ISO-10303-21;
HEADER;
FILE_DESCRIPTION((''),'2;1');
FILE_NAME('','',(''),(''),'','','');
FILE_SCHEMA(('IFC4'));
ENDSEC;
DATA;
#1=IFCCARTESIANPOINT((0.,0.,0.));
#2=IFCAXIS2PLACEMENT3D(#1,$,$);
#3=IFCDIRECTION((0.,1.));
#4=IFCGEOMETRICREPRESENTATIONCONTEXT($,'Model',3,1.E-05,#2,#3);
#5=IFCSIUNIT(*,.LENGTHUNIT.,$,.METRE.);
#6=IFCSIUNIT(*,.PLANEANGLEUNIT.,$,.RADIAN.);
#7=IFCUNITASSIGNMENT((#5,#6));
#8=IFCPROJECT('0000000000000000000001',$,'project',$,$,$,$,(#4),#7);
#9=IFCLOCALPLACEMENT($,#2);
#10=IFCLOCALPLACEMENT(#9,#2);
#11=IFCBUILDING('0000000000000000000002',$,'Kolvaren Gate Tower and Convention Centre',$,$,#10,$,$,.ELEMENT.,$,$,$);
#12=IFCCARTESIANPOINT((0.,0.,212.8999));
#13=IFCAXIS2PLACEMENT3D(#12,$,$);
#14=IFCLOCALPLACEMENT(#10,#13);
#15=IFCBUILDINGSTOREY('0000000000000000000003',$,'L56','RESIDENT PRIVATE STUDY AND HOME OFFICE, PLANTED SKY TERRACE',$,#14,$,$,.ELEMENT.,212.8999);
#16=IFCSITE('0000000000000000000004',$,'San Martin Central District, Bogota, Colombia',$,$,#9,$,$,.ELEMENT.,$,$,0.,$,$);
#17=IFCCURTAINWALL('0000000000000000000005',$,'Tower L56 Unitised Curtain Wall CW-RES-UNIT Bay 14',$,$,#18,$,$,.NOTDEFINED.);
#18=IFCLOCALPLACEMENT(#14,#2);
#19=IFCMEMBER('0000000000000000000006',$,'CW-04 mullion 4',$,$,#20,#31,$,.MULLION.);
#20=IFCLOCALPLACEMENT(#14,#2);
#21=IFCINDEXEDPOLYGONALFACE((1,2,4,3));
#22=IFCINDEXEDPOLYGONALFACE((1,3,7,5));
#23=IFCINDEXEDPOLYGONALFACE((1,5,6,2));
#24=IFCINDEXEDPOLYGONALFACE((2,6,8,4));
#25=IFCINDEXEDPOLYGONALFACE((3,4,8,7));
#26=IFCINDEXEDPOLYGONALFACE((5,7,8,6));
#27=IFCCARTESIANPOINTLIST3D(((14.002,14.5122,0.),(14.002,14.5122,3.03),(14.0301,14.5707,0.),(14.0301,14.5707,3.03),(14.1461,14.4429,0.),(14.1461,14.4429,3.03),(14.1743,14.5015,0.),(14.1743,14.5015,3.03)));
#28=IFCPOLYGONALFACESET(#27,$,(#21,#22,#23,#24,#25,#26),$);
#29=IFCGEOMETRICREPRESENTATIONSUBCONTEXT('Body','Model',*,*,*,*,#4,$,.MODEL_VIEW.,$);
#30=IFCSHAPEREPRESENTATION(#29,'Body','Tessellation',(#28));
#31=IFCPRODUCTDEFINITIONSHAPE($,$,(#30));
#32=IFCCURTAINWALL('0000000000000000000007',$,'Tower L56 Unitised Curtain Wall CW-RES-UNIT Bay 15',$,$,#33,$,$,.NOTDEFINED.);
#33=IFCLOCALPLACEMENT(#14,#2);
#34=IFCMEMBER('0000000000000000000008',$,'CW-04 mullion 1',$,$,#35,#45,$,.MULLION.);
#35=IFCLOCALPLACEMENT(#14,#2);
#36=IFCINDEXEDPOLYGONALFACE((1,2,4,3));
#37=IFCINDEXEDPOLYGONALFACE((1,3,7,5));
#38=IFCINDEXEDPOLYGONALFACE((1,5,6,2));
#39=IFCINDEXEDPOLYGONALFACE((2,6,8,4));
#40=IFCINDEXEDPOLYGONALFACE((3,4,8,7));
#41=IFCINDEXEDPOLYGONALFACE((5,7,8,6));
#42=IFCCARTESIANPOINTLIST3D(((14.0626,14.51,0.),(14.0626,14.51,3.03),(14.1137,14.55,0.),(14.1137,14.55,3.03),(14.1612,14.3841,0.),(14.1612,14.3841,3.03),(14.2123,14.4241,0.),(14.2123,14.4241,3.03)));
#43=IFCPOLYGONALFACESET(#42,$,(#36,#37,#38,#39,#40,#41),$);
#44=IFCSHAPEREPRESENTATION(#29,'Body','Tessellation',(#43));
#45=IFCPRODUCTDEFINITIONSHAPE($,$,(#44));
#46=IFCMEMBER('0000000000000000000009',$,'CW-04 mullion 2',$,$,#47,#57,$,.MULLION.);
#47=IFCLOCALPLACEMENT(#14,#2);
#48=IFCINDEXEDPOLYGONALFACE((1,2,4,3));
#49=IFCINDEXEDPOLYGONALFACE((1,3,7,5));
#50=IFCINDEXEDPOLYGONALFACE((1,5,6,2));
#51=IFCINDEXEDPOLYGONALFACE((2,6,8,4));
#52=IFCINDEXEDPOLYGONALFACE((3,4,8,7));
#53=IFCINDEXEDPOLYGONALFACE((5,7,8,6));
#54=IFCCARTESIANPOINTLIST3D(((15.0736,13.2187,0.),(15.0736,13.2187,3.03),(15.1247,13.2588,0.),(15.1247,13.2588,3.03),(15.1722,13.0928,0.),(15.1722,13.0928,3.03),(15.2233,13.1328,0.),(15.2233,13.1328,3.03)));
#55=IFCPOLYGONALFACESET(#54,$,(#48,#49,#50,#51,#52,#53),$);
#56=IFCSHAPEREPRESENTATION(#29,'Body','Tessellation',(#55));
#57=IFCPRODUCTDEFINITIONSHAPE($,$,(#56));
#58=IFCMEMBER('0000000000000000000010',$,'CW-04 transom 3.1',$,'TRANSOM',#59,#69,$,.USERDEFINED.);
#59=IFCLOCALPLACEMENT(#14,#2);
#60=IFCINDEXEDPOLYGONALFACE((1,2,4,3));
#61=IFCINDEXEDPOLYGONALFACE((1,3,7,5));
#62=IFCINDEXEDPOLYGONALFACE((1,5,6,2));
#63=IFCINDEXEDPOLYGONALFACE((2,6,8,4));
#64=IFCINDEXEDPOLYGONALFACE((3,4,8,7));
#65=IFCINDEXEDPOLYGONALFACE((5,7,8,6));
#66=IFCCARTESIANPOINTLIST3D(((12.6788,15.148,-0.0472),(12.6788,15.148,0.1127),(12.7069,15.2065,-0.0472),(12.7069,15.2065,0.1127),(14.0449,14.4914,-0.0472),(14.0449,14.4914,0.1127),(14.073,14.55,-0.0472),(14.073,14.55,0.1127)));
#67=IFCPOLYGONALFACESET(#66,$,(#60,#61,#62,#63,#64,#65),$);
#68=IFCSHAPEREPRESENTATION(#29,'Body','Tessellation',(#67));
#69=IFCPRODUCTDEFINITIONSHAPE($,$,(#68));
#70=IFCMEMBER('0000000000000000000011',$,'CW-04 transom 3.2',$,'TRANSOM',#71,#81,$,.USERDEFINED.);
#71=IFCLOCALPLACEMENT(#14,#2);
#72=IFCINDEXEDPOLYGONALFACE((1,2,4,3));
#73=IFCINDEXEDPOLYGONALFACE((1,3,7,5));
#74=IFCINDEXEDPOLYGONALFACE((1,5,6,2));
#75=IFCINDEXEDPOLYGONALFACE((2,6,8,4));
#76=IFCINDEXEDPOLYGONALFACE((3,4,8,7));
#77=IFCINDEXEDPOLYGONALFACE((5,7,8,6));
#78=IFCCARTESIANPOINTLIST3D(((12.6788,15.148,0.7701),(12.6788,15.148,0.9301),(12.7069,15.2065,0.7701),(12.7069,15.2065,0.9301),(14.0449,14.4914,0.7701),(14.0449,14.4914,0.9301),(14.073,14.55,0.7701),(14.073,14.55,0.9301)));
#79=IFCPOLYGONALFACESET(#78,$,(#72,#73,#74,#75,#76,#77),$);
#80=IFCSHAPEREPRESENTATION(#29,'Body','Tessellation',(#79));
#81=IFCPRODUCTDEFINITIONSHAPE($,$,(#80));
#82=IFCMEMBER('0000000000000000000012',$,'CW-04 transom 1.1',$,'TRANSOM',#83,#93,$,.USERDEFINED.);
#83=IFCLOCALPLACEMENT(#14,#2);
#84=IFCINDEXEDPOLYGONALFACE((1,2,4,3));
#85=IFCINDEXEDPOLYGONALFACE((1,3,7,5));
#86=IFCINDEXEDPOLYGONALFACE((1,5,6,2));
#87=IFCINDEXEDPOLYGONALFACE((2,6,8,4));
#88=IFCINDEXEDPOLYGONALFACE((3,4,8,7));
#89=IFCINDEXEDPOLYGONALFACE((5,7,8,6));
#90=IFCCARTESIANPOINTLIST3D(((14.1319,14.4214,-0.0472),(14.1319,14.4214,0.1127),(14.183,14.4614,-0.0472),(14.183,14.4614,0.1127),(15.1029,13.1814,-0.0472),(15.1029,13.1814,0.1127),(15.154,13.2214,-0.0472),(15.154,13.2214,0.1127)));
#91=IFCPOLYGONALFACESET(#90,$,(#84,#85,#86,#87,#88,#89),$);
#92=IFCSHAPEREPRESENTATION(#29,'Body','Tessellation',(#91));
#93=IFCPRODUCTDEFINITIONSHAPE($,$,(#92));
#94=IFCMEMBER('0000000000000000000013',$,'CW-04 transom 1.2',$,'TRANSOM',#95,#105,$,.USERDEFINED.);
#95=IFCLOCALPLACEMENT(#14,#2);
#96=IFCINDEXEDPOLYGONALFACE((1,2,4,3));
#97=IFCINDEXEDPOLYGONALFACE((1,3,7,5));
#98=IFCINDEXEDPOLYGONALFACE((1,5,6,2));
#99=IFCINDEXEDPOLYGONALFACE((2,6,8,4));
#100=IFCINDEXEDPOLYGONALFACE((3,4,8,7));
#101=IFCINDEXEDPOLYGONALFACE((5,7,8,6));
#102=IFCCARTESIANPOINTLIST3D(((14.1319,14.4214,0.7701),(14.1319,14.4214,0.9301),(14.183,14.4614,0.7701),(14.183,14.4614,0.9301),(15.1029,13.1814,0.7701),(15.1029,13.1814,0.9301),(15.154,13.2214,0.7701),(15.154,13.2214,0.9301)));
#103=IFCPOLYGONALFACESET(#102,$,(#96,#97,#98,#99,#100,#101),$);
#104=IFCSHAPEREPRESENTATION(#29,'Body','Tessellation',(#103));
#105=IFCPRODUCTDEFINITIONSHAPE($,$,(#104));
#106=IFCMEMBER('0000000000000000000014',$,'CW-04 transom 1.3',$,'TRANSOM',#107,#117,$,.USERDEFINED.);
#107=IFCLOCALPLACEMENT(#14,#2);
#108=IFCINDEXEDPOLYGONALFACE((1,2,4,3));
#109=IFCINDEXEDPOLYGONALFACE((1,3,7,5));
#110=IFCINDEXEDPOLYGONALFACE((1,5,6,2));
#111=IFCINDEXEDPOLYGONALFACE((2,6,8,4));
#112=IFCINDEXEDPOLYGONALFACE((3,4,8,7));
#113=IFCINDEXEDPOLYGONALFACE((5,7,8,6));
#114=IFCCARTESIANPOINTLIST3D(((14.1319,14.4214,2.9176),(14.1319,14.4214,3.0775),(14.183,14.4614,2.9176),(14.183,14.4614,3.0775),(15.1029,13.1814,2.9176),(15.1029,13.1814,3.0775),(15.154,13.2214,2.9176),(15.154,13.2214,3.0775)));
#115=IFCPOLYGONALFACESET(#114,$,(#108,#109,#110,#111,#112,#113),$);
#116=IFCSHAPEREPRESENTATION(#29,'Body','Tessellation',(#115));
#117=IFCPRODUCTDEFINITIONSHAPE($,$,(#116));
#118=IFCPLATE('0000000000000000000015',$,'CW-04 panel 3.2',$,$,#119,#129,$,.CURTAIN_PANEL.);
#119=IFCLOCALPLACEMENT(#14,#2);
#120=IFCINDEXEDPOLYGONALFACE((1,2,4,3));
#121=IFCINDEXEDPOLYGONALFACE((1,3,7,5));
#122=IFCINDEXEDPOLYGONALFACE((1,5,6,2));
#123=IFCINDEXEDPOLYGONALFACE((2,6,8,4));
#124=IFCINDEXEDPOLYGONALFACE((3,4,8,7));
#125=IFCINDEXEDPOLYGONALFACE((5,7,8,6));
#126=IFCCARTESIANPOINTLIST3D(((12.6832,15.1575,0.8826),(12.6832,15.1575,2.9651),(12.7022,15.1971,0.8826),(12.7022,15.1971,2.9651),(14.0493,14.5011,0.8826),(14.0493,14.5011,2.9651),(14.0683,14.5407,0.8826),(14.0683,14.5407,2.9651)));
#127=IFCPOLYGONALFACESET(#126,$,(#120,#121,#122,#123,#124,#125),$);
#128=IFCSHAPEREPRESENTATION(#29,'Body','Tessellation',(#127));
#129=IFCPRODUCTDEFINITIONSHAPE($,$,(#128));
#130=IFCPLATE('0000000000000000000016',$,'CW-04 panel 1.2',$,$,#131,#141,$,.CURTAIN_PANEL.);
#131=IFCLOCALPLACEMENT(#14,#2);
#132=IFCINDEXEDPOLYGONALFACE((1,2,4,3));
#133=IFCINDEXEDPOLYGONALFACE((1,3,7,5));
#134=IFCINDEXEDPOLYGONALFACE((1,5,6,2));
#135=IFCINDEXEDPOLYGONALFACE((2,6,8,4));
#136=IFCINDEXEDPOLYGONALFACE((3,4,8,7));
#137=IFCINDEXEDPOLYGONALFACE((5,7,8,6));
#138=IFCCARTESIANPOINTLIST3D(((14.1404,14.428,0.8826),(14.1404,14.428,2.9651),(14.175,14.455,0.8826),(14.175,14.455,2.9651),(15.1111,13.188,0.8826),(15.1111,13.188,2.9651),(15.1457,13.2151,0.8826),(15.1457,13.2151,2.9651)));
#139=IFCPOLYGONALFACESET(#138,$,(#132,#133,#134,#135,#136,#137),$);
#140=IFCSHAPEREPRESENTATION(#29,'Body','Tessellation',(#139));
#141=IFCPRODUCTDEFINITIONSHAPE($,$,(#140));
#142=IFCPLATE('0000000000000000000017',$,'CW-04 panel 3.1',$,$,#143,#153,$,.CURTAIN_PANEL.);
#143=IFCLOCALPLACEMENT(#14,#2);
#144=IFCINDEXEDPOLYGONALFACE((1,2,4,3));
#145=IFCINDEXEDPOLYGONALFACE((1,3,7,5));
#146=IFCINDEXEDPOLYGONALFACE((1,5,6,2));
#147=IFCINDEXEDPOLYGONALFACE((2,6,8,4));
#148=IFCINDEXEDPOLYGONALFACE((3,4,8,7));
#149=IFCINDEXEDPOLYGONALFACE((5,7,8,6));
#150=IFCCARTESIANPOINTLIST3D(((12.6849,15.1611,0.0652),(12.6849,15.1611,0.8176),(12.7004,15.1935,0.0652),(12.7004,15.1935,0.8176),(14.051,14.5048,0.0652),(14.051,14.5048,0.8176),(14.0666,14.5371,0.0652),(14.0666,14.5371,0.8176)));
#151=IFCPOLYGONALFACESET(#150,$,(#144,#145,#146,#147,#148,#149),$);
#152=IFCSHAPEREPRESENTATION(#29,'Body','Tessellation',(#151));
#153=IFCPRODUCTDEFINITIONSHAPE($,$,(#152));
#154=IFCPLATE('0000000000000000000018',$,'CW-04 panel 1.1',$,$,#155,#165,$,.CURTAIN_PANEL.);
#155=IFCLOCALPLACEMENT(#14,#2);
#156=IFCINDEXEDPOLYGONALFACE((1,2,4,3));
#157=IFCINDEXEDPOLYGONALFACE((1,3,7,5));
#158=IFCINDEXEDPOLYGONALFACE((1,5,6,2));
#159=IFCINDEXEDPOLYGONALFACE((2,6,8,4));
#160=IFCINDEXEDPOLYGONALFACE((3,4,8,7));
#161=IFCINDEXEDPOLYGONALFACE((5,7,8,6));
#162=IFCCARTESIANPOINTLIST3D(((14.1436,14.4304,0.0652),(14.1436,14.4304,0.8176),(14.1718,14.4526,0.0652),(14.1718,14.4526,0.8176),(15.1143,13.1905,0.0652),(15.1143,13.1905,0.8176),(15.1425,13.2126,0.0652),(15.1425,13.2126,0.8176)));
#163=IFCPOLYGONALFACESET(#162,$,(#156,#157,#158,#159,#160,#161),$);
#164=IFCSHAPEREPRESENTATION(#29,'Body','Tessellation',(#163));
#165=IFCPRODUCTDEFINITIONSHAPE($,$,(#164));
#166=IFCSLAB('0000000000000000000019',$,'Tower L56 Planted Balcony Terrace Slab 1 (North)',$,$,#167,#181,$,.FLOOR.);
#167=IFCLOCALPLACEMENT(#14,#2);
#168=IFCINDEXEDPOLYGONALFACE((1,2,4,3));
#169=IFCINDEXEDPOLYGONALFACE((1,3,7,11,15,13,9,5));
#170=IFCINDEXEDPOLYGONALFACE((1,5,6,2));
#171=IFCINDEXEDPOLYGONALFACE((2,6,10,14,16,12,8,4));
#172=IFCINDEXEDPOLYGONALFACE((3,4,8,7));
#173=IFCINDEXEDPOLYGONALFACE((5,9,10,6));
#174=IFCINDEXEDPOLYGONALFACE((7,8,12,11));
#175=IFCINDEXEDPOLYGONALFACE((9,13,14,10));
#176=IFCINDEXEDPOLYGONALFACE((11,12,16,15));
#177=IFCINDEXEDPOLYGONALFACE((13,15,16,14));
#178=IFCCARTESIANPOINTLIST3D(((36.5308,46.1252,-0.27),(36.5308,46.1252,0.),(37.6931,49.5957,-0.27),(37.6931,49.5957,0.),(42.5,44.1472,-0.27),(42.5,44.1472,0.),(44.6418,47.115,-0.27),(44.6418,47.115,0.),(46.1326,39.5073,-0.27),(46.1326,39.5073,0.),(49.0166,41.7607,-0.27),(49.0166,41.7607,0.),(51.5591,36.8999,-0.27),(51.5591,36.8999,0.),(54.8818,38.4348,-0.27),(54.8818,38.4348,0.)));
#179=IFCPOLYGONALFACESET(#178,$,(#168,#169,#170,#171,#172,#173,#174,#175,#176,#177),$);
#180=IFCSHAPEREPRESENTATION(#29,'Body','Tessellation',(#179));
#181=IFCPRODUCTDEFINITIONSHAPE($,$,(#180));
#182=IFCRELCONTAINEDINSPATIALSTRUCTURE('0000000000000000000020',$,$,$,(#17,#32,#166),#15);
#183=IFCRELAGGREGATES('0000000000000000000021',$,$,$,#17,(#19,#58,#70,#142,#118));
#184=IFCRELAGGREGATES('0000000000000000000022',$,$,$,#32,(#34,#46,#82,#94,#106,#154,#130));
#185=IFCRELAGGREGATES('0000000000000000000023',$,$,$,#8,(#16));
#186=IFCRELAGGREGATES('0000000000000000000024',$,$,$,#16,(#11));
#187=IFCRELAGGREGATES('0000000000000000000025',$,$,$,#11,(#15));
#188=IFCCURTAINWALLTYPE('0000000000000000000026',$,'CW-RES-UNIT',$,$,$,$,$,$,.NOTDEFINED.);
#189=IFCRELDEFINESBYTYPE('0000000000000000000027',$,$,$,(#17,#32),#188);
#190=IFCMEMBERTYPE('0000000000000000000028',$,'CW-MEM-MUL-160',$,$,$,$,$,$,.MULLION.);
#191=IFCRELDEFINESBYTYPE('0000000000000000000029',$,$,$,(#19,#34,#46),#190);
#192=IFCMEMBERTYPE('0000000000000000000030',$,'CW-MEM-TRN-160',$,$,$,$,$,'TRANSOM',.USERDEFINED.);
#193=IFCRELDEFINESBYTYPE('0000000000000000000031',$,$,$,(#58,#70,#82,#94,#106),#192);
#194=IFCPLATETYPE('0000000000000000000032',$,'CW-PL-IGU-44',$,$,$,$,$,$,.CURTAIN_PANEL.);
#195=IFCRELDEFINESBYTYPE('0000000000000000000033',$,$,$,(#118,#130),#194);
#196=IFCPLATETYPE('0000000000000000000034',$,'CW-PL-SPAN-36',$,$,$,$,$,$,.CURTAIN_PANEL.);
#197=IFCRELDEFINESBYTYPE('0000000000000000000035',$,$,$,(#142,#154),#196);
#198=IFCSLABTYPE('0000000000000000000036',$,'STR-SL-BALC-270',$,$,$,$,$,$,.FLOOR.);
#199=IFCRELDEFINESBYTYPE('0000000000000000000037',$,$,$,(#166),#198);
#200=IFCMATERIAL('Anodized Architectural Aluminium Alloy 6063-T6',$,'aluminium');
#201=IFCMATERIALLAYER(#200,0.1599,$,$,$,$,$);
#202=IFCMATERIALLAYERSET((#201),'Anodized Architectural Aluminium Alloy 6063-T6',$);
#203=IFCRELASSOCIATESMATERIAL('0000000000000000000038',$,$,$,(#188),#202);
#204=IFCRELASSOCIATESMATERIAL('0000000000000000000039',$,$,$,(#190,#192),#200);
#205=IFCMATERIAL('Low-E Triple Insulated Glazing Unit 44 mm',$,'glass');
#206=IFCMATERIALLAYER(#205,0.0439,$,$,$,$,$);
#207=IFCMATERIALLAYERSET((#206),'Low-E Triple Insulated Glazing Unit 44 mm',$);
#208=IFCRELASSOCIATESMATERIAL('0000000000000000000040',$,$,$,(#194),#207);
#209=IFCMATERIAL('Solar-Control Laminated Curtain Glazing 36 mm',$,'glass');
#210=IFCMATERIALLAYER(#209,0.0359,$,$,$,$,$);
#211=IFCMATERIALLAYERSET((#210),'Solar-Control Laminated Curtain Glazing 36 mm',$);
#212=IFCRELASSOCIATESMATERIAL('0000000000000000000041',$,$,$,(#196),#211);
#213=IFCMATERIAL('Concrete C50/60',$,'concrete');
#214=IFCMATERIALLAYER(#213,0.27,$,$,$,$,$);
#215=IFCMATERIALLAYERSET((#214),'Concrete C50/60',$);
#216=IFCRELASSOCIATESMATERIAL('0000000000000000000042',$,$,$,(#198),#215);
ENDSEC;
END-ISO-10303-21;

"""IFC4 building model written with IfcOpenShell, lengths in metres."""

from ifc_helpers import new_model, si_unit, direction, frame, origin, origin_2d, place, context, subcontext, project, spatial, polyline, rectangle, outline, extrude, material, layer, layer_set, material_profile, profile_set, type_object, element, aggregate, save


model = new_model("IFC4")

# Units and contexts
model_context = context("Model", 3, precision=1e-05, world=origin(), true_north=direction((0.0, 1.0)))
body_context = subcontext(model_context, "Body", "Model", "MODEL_VIEW")
ifc_project = project(units=[si_unit("LENGTHUNIT", "METRE"), si_unit("PLANEANGLEUNIT", "RADIAN")], contexts=[model_context])

# Site, building, storey
site_placement = place(None, origin())
site = spatial("IfcSite", under=ifc_project, at=site_placement, Name="San Martin Central District, Bogota, Colombia", CompositionType="ELEMENT", RefElevation=0.0)
building_placement = place(site_placement, origin())
building = spatial("IfcBuilding", under=site, at=building_placement, Name="Kolvaren Gate Tower and Convention Centre", CompositionType="ELEMENT")
storey_placement = place(building_placement, frame((0.0, 0.0, 212.8999)))
storey = spatial("IfcBuildingStorey", under=building, at=storey_placement, Name="L56", Description="RESIDENT PRIVATE STUDY AND HOME OFFICE, PLANTED SKY TERRACE", CompositionType="ELEMENT", Elevation=212.8999)

# Curtain wall, member
ifc_material_1 = material(Name="Anodized Architectural Aluminium Alloy 6063-T6", Category="aluminium")
ifc_layer_1 = layer(ifc_material_1, 0.1599)
ifc_layer_set_1 = layer_set([ifc_layer_1], Name="Anodized Architectural Aluminium Alloy 6063-T6")
curtain_wall_type = type_object("IfcCurtainWallType", Name="CW-RES-UNIT", PredefinedType="NOTDEFINED", material=ifc_layer_set_1)
curtain_wall_1_placement = place(storey_placement, origin())
curtain_wall_1 = element("IfcCurtainWall", 1, at=curtain_wall_1_placement, inside=storey, type_object=curtain_wall_type, Name="Tower L56 Unitised Curtain Wall CW-RES-UNIT Bay 14", PredefinedType="NOTDEFINED")
ifc_material_profile_1 = material_profile(ifc_material_1, rectangle(XDim=0.0649, YDim=0.1599, at=origin_2d()), Name="CW-MEM-MUL-160")
ifc_profile_set_1 = profile_set([ifc_material_profile_1], Name="Anodized Architectural Aluminium Alloy 6063-T6")
member_type_1 = type_object("IfcMemberType", Name="CW-MEM-MUL-160", PredefinedType="MULLION", material=ifc_profile_set_1)
member_1_placement = place(storey_placement, frame((14.0881, 14.5068, 0.0), z_axis=(0.0, 0.0, 1.0), x_axis=(0.433066, 0.901362, 0.0)))
member_1 = element("IfcMember", 2, at=member_1_placement, type_object=member_type_1, Name="CW-04 mullion 4", PredefinedType="MULLION", context=body_context, shape_type="SweptSolid", body=[
    extrude(rectangle(XDim=0.0649, YDim=0.1599, at=origin_2d()), origin(), (0.0, 0.0, 1.0), 3.03),
])

# Curtain wall, members
curtain_wall_2_placement = place(storey_placement, origin())
curtain_wall_2 = element("IfcCurtainWall", 3, at=curtain_wall_2_placement, inside=storey, type_object=curtain_wall_type, Name="Tower L56 Unitised Curtain Wall CW-RES-UNIT Bay 15", PredefinedType="NOTDEFINED")
member_2_placement = place(storey_placement, frame((14.1375, 14.467, 0.0), z_axis=(0.0, 0.0, 1.0), x_axis=(0.78741, 0.61643, 0.0)))
member_2 = element("IfcMember", 4, at=member_2_placement, type_object=member_type_1, Name="CW-04 mullion 1", PredefinedType="MULLION", context=body_context, shape_type="SweptSolid", body=[
    extrude(rectangle(XDim=0.0649, YDim=0.1599, at=origin_2d()), origin(), (0.0, 0.0, 1.0), 3.03),
])
member_3_placement = place(storey_placement, frame((15.1484, 13.1758, 0.0), z_axis=(0.0, 0.0, 1.0), x_axis=(0.78741, 0.61643, 0.0)))
member_3 = element("IfcMember", 5, at=member_3_placement, type_object=member_type_1, Name="CW-04 mullion 2", PredefinedType="MULLION", context=body_context, shape_type="SweptSolid", body=[
    extrude(rectangle(XDim=0.0649, YDim=0.1599, at=origin_2d()), origin(), (0.0, 0.0, 1.0), 3.03),
])

# Members
ifc_material_profile_2 = material_profile(ifc_material_1, rectangle(XDim=0.0649, YDim=0.1599, at=origin_2d()), Name="CW-MEM-TRN-160")
ifc_profile_set_2 = profile_set([ifc_material_profile_2], Name="Anodized Architectural Aluminium Alloy 6063-T6")
member_type_2 = type_object("IfcMemberType", Name="CW-MEM-TRN-160", ElementType="TRANSOM", PredefinedType="USERDEFINED", material=ifc_profile_set_2)
member_4_placement = place(storey_placement, frame((12.6929, 15.1772, 0.0327), z_axis=(0.901309, -0.433176, 0.0), x_axis=(0.433176, 0.901309, 0.0)))
member_4 = element("IfcMember", 6, at=member_4_placement, type_object=member_type_2, Name="CW-04 transom 3.1", ObjectType="TRANSOM", PredefinedType="USERDEFINED", context=body_context, shape_type="SweptSolid", body=[
    extrude(rectangle(XDim=0.0649, YDim=0.1599, at=origin_2d()), origin(), (0.0, 0.0, 1.0), 1.5156),
])
member_5_placement = place(storey_placement, frame((12.6929, 15.1772, 0.8501), z_axis=(0.901309, -0.433176, 0.0), x_axis=(0.433176, 0.901309, 0.0)))
member_5 = element("IfcMember", 7, at=member_5_placement, type_object=member_type_2, Name="CW-04 transom 3.2", ObjectType="TRANSOM", PredefinedType="USERDEFINED", context=body_context, shape_type="SweptSolid", body=[
    extrude(rectangle(XDim=0.0649, YDim=0.1599, at=origin_2d()), origin(), (0.0, 0.0, 1.0), 1.5156),
])
member_6_placement = place(storey_placement, frame((14.1575, 14.4414, 0.0327), z_axis=(0.616513, -0.787345, 0.0), x_axis=(0.787345, 0.616513, 0.0)))
member_6 = element("IfcMember", 8, at=member_6_placement, type_object=member_type_2, Name="CW-04 transom 1.1", ObjectType="TRANSOM", PredefinedType="USERDEFINED", context=body_context, shape_type="SweptSolid", body=[
    extrude(rectangle(XDim=0.0649, YDim=0.1599, at=origin_2d()), origin(), (0.0, 0.0, 1.0), 1.575),
])
member_7_placement = place(storey_placement, frame((14.1575, 14.4414, 0.8501), z_axis=(0.616513, -0.787345, 0.0), x_axis=(0.787345, 0.616513, 0.0)))
member_7 = element("IfcMember", 9, at=member_7_placement, type_object=member_type_2, Name="CW-04 transom 1.2", ObjectType="TRANSOM", PredefinedType="USERDEFINED", context=body_context, shape_type="SweptSolid", body=[
    extrude(rectangle(XDim=0.0649, YDim=0.1599, at=origin_2d()), origin(), (0.0, 0.0, 1.0), 1.575),
])
member_8_placement = place(storey_placement, frame((14.1575, 14.4414, 2.9976), z_axis=(0.616513, -0.787345, 0.0), x_axis=(0.787345, 0.616513, 0.0)))
member_8 = element("IfcMember", 10, at=member_8_placement, type_object=member_type_2, Name="CW-04 transom 1.3", ObjectType="TRANSOM", PredefinedType="USERDEFINED", context=body_context, shape_type="SweptSolid", body=[
    extrude(rectangle(XDim=0.0649, YDim=0.1599, at=origin_2d()), origin(), (0.0, 0.0, 1.0), 1.575),
])

# Plates
ifc_material_2 = material(Name="Low-E Triple Insulated Glazing Unit 44 mm", Category="glass")
ifc_layer_2 = layer(ifc_material_2, 0.0439)
ifc_layer_set_2 = layer_set([ifc_layer_2], Name="Low-E Triple Insulated Glazing Unit 44 mm")
plate_type_1 = type_object("IfcPlateType", Name="CW-PL-IGU-44", PredefinedType="CURTAIN_PANEL", material=ifc_layer_set_2)
plate_1_placement = place(storey_placement, frame((13.3757, 14.8491, 0.8826), z_axis=(0.0, 0.0, 1.0), x_axis=(0.901362, -0.433066, 0.0)))
plate_1 = element("IfcPlate", 11, at=plate_1_placement, type_object=plate_type_1, Name="CW-04 panel 3.2", PredefinedType="CURTAIN_PANEL", context=body_context, shape_type="SweptSolid", body=[
    extrude(rectangle(XDim=1.5156, YDim=0.0439, at=origin_2d()), origin(), (0.0, 0.0, 1.0), 2.0825),
])
plate_2_placement = place(storey_placement, frame((14.6431, 13.8215, 0.8826), z_axis=(0.0, 0.0, 1.0), x_axis=(0.61643, -0.78741, 0.0)))
plate_2 = element("IfcPlate", 12, at=plate_2_placement, type_object=plate_type_1, Name="CW-04 panel 1.2", PredefinedType="CURTAIN_PANEL", context=body_context, shape_type="SweptSolid", body=[
    extrude(rectangle(XDim=1.5747, YDim=0.0439, at=origin_2d()), origin(), (0.0, 0.0, 1.0), 2.0825),
])
ifc_material_3 = material(Name="Solar-Control Laminated Curtain Glazing 36 mm", Category="glass")
ifc_layer_3 = layer(ifc_material_3, 0.0359)
ifc_layer_set_3 = layer_set([ifc_layer_3], Name="Solar-Control Laminated Curtain Glazing 36 mm")
plate_type_2 = type_object("IfcPlateType", Name="CW-PL-SPAN-36", PredefinedType="CURTAIN_PANEL", material=ifc_layer_set_3)
plate_3_placement = place(storey_placement, frame((13.3757, 14.8491, 0.0652), z_axis=(0.0, 0.0, 1.0), x_axis=(0.901362, -0.433066, 0.0)))
plate_3 = element("IfcPlate", 13, at=plate_3_placement, type_object=plate_type_2, Name="CW-04 panel 3.1", PredefinedType="CURTAIN_PANEL", context=body_context, shape_type="SweptSolid", body=[
    extrude(rectangle(XDim=1.5156, YDim=0.0359, at=origin_2d()), origin(), (0.0, 0.0, 1.0), 0.7524),
])
aggregate(curtain_wall_1, [member_1, member_4, member_5, plate_3, plate_1])
plate_4_placement = place(storey_placement, frame((14.6431, 13.8215, 0.0652), z_axis=(0.0, 0.0, 1.0), x_axis=(0.61643, -0.78741, 0.0)))
plate_4 = element("IfcPlate", 14, at=plate_4_placement, type_object=plate_type_2, Name="CW-04 panel 1.1", PredefinedType="CURTAIN_PANEL", context=body_context, shape_type="SweptSolid", body=[
    extrude(rectangle(XDim=1.5747, YDim=0.0359, at=origin_2d()), origin(), (0.0, 0.0, 1.0), 0.7524),
])
aggregate(curtain_wall_2, [member_2, member_3, member_6, member_7, member_8, plate_4, plate_2])

# Slab
ifc_material_4 = material(Name="Concrete C50/60", Category="concrete")
ifc_layer_4 = layer(ifc_material_4, 0.27)
ifc_layer_set_4 = layer_set([ifc_layer_4], Name="Concrete C50/60")
slab_type_1 = type_object("IfcSlabType", Name="STR-SL-BALC-270", PredefinedType="FLOOR", material=ifc_layer_set_4)
slab_1_placement = place(storey_placement, frame((0.0, 0.0, -0.27)))
element("IfcSlab", 15, at=slab_1_placement, inside=storey, type_object=slab_type_1, Name="Tower L56 Planted Balcony Terrace Slab 1 (North)", PredefinedType="FLOOR", context=body_context, shape_type="SweptSolid", body=[
    extrude(outline(polyline([(51.5591, 36.8999), (46.1326, 39.5073), (42.5, 44.1472), (36.5308, 46.1252), (37.6931, 49.5957), (44.6418, 47.115), (49.0166, 41.7607), (54.8818, 38.4348), (51.5591, 36.8999)])), origin(), (0.0, 0.0, 1.0), 0.27),
])

save(model, "model.ifc")
